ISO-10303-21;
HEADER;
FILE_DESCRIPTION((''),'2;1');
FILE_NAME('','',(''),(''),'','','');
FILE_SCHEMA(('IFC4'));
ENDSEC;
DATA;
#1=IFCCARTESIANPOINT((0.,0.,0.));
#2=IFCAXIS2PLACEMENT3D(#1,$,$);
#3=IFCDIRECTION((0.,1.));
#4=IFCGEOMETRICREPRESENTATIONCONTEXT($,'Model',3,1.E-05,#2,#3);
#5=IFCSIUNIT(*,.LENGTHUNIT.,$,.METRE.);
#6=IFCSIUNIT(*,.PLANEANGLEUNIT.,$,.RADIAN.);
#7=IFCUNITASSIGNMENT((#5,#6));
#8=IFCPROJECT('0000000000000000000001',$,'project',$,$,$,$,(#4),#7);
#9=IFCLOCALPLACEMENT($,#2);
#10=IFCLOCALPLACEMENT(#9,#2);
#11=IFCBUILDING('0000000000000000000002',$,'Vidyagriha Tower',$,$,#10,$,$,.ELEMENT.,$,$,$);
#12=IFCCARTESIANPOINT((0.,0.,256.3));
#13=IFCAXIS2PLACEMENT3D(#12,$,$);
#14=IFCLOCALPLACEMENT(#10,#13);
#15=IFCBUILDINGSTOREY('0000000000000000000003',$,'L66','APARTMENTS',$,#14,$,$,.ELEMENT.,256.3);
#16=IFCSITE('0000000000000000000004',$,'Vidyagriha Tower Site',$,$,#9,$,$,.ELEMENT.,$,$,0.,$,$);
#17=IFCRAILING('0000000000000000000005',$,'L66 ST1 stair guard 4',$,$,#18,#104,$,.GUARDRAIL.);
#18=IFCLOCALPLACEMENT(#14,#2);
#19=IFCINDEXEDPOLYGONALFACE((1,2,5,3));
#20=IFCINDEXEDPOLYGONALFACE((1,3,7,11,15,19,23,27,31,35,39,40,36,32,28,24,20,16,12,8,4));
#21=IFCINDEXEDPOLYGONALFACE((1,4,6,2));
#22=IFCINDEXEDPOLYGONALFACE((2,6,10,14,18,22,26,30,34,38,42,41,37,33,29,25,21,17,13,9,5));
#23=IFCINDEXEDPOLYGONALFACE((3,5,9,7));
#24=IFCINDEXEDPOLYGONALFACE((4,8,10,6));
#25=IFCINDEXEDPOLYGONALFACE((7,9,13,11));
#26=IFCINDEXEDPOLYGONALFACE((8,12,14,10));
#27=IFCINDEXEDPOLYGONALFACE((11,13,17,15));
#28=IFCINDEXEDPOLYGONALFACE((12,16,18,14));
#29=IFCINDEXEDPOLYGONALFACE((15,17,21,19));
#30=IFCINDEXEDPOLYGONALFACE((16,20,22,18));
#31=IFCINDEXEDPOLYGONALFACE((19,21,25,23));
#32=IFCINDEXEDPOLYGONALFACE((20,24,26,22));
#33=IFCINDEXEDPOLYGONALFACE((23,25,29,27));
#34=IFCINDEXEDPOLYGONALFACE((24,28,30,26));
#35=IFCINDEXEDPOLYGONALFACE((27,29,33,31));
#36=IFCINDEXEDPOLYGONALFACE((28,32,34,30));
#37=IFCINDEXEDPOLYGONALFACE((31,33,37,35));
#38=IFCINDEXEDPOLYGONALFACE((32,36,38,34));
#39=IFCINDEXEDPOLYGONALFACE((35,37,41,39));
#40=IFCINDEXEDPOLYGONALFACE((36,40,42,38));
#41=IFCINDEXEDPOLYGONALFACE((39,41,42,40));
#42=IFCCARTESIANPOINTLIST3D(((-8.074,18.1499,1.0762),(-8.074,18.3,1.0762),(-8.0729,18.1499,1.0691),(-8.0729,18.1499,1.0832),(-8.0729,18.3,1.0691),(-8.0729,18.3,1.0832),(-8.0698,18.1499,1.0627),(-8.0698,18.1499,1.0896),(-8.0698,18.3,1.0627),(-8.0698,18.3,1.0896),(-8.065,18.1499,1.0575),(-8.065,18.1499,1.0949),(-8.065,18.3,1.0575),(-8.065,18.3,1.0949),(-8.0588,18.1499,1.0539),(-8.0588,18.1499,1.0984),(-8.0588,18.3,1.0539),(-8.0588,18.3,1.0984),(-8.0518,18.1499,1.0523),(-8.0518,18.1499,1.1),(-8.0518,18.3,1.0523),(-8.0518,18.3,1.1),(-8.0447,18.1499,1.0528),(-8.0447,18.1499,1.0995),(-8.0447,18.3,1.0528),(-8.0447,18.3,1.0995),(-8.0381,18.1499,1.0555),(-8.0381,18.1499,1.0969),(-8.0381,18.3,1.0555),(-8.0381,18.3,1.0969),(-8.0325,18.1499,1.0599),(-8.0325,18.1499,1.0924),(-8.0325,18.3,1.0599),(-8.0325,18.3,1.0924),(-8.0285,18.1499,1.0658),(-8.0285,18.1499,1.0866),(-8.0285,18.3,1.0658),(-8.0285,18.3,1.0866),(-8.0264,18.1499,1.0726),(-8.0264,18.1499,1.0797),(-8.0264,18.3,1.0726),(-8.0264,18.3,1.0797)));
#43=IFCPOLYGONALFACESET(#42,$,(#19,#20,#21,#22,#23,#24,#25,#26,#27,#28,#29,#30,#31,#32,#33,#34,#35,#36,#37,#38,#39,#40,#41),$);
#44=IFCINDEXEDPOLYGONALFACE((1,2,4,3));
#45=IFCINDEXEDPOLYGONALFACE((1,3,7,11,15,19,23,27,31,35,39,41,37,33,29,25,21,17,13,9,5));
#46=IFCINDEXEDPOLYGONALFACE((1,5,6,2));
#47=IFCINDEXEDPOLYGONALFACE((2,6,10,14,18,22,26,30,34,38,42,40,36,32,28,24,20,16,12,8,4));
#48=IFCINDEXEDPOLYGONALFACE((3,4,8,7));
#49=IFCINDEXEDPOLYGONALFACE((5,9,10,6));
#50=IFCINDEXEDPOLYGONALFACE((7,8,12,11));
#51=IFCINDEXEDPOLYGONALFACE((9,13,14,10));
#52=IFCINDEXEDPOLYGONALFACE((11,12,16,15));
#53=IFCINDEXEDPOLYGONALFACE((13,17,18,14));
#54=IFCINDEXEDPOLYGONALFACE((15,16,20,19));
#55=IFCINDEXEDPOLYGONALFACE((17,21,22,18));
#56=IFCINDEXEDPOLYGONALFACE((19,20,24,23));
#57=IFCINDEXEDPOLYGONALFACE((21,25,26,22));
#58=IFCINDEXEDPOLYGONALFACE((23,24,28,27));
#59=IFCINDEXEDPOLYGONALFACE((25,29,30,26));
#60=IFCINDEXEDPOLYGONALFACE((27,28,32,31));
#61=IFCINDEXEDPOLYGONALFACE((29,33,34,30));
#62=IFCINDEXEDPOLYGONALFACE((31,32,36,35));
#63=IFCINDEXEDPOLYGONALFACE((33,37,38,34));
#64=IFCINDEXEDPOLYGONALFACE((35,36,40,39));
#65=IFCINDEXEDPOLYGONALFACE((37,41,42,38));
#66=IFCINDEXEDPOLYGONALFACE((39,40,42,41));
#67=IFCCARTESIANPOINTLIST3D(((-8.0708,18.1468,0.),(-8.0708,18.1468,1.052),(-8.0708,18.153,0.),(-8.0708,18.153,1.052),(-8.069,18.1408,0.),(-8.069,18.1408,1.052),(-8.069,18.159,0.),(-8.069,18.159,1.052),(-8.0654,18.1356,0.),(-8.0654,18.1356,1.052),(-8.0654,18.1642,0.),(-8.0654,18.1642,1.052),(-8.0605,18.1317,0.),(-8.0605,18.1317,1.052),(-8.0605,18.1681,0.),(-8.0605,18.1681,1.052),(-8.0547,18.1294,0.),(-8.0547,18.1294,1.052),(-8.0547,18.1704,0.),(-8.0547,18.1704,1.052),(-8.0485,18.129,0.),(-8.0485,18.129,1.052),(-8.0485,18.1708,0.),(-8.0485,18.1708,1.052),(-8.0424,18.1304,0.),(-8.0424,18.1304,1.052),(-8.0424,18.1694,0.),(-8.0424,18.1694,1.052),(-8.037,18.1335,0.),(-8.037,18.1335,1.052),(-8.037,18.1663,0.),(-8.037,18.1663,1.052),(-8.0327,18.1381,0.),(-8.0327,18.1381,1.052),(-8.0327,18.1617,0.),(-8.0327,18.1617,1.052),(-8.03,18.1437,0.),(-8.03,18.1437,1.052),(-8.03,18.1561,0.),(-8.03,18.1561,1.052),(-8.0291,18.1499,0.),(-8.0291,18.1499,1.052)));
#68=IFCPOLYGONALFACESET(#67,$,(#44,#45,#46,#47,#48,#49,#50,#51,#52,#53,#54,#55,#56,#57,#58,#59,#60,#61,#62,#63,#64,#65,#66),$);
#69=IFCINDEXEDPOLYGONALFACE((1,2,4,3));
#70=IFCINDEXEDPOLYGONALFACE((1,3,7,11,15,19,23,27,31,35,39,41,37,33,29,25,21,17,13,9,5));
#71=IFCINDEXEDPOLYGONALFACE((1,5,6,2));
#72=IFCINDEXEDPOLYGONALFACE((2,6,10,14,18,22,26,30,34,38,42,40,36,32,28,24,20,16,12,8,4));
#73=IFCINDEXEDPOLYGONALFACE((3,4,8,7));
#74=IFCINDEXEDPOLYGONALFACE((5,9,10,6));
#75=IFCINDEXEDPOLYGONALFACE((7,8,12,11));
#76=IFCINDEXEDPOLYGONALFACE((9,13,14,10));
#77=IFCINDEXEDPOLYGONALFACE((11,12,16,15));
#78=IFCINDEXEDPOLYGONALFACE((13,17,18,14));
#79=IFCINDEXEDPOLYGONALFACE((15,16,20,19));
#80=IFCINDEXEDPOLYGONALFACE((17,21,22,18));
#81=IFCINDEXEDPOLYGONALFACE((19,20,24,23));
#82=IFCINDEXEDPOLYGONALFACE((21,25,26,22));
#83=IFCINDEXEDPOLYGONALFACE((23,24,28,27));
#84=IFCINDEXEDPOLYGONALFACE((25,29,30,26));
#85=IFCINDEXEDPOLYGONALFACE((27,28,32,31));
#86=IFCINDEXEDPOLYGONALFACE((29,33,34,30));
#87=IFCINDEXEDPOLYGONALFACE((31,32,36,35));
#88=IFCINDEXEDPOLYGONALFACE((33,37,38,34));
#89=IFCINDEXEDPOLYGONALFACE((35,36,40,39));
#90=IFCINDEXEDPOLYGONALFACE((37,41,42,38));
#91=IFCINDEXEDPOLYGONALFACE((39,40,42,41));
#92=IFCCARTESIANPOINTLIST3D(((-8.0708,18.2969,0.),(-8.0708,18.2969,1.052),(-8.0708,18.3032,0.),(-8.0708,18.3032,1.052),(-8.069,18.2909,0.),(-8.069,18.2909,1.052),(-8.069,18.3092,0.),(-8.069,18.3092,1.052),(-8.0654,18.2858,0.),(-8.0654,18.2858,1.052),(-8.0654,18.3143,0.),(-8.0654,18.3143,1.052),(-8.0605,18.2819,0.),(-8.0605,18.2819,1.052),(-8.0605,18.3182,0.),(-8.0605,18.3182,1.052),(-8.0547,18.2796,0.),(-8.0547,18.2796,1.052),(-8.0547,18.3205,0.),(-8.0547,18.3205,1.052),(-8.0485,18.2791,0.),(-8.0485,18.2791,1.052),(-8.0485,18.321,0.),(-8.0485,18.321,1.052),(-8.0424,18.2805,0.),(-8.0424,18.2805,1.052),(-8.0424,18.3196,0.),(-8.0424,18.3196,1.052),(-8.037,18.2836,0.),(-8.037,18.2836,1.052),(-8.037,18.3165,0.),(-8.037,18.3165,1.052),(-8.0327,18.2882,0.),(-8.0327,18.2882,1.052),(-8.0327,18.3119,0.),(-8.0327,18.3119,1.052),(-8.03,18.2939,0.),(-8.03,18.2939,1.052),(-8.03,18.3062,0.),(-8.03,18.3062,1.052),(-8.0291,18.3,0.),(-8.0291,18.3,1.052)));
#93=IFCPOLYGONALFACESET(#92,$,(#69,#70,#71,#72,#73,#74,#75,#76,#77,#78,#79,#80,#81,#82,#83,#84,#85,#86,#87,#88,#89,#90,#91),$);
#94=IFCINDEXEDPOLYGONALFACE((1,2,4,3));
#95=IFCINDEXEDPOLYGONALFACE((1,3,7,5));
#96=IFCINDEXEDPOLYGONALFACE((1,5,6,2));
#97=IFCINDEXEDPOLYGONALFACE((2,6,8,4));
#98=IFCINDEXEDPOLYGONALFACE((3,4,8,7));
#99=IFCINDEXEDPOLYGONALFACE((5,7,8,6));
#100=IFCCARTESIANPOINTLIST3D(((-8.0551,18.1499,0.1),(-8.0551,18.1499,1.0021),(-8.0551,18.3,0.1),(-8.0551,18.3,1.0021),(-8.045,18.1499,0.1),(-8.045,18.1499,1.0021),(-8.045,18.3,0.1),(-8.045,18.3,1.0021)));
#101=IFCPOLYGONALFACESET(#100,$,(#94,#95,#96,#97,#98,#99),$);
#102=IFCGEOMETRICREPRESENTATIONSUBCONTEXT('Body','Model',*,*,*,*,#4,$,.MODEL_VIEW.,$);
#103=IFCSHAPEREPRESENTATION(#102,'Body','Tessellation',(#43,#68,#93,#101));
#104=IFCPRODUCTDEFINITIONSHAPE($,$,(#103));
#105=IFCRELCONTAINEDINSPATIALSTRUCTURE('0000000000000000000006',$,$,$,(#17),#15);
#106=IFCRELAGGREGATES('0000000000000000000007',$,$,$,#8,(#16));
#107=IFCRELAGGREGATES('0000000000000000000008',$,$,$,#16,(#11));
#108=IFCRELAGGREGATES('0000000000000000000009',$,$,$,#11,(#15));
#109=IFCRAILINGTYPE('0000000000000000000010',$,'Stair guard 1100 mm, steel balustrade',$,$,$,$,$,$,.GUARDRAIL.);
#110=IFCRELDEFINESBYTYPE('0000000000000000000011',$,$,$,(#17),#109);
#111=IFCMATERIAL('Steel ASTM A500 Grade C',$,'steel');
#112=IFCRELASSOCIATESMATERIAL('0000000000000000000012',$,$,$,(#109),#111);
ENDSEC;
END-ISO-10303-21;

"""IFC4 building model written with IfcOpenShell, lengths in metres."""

from ifc_helpers import new_model, si_unit, direction, frame, origin, origin_2d, place, context, subcontext, project, spatial, rectangle, circle, extrude, material, type_object, element, save


model = new_model("IFC4")

# Units and contexts
model_context = context("Model", 3, precision=1e-05, world=origin(), true_north=direction((0.0, 1.0)))
body_context = subcontext(model_context, "Body", "Model", "MODEL_VIEW")
ifc_project = project(units=[si_unit("LENGTHUNIT", "METRE"), si_unit("PLANEANGLEUNIT", "RADIAN")], contexts=[model_context])

# Site, building, storey
site_placement = place(None, origin())
site = spatial("IfcSite", under=ifc_project, at=site_placement, Name="Vidyagriha Tower Site", CompositionType="ELEMENT", RefElevation=0.0)
building_placement = place(site_placement, origin())
building = spatial("IfcBuilding", under=site, at=building_placement, Name="Vidyagriha Tower", CompositionType="ELEMENT")
storey_placement = place(building_placement, frame((0.0, 0.0, 256.3)))
storey = spatial("IfcBuildingStorey", under=building, at=storey_placement, Name="L66", Description="APARTMENTS", CompositionType="ELEMENT", Elevation=256.3)

# Railing
ifc_material_1 = material(Name="Steel ASTM A500 Grade C", Category="steel")
railing_type_1 = type_object("IfcRailingType", Name="Stair guard 1100 mm, steel balustrade", PredefinedType="GUARDRAIL", material=ifc_material_1)
railing_1_placement = place(storey_placement, frame((-8.05, 18.1499, 0.0)))
element("IfcRailing", 1, at=railing_1_placement, inside=storey, type_object=railing_type_1, Name="L66 ST1 stair guard 4", PredefinedType="GUARDRAIL", context=body_context, shape_type="SweptSolid", body=[
    extrude(circle(Radius=0.0239, at=origin_2d()), frame((0.0, 0.0, 1.0762), z_axis=(0.0, 1.0, 0.0), x_axis=(-1.0, 0.0, 0.0)), (0.0, 0.0, 1.0), 0.1501),
    extrude(circle(Radius=0.021, at=origin_2d()), origin(), (0.0, 0.0, 1.0), 1.052),
    extrude(circle(Radius=0.021, at=origin_2d()), frame((0.0, 0.1501, 0.0)), (0.0, 0.0, 1.0), 1.052),
    extrude(rectangle(XDim=0.01, YDim=0.9021, at=origin_2d()), frame((0.0, 0.0, 0.551), z_axis=(0.0, 1.0, 0.0), x_axis=(-1.0, 0.0, 0.0)), (0.0, 0.0, 1.0), 0.1501),
])

save(model, "model.ifc")
